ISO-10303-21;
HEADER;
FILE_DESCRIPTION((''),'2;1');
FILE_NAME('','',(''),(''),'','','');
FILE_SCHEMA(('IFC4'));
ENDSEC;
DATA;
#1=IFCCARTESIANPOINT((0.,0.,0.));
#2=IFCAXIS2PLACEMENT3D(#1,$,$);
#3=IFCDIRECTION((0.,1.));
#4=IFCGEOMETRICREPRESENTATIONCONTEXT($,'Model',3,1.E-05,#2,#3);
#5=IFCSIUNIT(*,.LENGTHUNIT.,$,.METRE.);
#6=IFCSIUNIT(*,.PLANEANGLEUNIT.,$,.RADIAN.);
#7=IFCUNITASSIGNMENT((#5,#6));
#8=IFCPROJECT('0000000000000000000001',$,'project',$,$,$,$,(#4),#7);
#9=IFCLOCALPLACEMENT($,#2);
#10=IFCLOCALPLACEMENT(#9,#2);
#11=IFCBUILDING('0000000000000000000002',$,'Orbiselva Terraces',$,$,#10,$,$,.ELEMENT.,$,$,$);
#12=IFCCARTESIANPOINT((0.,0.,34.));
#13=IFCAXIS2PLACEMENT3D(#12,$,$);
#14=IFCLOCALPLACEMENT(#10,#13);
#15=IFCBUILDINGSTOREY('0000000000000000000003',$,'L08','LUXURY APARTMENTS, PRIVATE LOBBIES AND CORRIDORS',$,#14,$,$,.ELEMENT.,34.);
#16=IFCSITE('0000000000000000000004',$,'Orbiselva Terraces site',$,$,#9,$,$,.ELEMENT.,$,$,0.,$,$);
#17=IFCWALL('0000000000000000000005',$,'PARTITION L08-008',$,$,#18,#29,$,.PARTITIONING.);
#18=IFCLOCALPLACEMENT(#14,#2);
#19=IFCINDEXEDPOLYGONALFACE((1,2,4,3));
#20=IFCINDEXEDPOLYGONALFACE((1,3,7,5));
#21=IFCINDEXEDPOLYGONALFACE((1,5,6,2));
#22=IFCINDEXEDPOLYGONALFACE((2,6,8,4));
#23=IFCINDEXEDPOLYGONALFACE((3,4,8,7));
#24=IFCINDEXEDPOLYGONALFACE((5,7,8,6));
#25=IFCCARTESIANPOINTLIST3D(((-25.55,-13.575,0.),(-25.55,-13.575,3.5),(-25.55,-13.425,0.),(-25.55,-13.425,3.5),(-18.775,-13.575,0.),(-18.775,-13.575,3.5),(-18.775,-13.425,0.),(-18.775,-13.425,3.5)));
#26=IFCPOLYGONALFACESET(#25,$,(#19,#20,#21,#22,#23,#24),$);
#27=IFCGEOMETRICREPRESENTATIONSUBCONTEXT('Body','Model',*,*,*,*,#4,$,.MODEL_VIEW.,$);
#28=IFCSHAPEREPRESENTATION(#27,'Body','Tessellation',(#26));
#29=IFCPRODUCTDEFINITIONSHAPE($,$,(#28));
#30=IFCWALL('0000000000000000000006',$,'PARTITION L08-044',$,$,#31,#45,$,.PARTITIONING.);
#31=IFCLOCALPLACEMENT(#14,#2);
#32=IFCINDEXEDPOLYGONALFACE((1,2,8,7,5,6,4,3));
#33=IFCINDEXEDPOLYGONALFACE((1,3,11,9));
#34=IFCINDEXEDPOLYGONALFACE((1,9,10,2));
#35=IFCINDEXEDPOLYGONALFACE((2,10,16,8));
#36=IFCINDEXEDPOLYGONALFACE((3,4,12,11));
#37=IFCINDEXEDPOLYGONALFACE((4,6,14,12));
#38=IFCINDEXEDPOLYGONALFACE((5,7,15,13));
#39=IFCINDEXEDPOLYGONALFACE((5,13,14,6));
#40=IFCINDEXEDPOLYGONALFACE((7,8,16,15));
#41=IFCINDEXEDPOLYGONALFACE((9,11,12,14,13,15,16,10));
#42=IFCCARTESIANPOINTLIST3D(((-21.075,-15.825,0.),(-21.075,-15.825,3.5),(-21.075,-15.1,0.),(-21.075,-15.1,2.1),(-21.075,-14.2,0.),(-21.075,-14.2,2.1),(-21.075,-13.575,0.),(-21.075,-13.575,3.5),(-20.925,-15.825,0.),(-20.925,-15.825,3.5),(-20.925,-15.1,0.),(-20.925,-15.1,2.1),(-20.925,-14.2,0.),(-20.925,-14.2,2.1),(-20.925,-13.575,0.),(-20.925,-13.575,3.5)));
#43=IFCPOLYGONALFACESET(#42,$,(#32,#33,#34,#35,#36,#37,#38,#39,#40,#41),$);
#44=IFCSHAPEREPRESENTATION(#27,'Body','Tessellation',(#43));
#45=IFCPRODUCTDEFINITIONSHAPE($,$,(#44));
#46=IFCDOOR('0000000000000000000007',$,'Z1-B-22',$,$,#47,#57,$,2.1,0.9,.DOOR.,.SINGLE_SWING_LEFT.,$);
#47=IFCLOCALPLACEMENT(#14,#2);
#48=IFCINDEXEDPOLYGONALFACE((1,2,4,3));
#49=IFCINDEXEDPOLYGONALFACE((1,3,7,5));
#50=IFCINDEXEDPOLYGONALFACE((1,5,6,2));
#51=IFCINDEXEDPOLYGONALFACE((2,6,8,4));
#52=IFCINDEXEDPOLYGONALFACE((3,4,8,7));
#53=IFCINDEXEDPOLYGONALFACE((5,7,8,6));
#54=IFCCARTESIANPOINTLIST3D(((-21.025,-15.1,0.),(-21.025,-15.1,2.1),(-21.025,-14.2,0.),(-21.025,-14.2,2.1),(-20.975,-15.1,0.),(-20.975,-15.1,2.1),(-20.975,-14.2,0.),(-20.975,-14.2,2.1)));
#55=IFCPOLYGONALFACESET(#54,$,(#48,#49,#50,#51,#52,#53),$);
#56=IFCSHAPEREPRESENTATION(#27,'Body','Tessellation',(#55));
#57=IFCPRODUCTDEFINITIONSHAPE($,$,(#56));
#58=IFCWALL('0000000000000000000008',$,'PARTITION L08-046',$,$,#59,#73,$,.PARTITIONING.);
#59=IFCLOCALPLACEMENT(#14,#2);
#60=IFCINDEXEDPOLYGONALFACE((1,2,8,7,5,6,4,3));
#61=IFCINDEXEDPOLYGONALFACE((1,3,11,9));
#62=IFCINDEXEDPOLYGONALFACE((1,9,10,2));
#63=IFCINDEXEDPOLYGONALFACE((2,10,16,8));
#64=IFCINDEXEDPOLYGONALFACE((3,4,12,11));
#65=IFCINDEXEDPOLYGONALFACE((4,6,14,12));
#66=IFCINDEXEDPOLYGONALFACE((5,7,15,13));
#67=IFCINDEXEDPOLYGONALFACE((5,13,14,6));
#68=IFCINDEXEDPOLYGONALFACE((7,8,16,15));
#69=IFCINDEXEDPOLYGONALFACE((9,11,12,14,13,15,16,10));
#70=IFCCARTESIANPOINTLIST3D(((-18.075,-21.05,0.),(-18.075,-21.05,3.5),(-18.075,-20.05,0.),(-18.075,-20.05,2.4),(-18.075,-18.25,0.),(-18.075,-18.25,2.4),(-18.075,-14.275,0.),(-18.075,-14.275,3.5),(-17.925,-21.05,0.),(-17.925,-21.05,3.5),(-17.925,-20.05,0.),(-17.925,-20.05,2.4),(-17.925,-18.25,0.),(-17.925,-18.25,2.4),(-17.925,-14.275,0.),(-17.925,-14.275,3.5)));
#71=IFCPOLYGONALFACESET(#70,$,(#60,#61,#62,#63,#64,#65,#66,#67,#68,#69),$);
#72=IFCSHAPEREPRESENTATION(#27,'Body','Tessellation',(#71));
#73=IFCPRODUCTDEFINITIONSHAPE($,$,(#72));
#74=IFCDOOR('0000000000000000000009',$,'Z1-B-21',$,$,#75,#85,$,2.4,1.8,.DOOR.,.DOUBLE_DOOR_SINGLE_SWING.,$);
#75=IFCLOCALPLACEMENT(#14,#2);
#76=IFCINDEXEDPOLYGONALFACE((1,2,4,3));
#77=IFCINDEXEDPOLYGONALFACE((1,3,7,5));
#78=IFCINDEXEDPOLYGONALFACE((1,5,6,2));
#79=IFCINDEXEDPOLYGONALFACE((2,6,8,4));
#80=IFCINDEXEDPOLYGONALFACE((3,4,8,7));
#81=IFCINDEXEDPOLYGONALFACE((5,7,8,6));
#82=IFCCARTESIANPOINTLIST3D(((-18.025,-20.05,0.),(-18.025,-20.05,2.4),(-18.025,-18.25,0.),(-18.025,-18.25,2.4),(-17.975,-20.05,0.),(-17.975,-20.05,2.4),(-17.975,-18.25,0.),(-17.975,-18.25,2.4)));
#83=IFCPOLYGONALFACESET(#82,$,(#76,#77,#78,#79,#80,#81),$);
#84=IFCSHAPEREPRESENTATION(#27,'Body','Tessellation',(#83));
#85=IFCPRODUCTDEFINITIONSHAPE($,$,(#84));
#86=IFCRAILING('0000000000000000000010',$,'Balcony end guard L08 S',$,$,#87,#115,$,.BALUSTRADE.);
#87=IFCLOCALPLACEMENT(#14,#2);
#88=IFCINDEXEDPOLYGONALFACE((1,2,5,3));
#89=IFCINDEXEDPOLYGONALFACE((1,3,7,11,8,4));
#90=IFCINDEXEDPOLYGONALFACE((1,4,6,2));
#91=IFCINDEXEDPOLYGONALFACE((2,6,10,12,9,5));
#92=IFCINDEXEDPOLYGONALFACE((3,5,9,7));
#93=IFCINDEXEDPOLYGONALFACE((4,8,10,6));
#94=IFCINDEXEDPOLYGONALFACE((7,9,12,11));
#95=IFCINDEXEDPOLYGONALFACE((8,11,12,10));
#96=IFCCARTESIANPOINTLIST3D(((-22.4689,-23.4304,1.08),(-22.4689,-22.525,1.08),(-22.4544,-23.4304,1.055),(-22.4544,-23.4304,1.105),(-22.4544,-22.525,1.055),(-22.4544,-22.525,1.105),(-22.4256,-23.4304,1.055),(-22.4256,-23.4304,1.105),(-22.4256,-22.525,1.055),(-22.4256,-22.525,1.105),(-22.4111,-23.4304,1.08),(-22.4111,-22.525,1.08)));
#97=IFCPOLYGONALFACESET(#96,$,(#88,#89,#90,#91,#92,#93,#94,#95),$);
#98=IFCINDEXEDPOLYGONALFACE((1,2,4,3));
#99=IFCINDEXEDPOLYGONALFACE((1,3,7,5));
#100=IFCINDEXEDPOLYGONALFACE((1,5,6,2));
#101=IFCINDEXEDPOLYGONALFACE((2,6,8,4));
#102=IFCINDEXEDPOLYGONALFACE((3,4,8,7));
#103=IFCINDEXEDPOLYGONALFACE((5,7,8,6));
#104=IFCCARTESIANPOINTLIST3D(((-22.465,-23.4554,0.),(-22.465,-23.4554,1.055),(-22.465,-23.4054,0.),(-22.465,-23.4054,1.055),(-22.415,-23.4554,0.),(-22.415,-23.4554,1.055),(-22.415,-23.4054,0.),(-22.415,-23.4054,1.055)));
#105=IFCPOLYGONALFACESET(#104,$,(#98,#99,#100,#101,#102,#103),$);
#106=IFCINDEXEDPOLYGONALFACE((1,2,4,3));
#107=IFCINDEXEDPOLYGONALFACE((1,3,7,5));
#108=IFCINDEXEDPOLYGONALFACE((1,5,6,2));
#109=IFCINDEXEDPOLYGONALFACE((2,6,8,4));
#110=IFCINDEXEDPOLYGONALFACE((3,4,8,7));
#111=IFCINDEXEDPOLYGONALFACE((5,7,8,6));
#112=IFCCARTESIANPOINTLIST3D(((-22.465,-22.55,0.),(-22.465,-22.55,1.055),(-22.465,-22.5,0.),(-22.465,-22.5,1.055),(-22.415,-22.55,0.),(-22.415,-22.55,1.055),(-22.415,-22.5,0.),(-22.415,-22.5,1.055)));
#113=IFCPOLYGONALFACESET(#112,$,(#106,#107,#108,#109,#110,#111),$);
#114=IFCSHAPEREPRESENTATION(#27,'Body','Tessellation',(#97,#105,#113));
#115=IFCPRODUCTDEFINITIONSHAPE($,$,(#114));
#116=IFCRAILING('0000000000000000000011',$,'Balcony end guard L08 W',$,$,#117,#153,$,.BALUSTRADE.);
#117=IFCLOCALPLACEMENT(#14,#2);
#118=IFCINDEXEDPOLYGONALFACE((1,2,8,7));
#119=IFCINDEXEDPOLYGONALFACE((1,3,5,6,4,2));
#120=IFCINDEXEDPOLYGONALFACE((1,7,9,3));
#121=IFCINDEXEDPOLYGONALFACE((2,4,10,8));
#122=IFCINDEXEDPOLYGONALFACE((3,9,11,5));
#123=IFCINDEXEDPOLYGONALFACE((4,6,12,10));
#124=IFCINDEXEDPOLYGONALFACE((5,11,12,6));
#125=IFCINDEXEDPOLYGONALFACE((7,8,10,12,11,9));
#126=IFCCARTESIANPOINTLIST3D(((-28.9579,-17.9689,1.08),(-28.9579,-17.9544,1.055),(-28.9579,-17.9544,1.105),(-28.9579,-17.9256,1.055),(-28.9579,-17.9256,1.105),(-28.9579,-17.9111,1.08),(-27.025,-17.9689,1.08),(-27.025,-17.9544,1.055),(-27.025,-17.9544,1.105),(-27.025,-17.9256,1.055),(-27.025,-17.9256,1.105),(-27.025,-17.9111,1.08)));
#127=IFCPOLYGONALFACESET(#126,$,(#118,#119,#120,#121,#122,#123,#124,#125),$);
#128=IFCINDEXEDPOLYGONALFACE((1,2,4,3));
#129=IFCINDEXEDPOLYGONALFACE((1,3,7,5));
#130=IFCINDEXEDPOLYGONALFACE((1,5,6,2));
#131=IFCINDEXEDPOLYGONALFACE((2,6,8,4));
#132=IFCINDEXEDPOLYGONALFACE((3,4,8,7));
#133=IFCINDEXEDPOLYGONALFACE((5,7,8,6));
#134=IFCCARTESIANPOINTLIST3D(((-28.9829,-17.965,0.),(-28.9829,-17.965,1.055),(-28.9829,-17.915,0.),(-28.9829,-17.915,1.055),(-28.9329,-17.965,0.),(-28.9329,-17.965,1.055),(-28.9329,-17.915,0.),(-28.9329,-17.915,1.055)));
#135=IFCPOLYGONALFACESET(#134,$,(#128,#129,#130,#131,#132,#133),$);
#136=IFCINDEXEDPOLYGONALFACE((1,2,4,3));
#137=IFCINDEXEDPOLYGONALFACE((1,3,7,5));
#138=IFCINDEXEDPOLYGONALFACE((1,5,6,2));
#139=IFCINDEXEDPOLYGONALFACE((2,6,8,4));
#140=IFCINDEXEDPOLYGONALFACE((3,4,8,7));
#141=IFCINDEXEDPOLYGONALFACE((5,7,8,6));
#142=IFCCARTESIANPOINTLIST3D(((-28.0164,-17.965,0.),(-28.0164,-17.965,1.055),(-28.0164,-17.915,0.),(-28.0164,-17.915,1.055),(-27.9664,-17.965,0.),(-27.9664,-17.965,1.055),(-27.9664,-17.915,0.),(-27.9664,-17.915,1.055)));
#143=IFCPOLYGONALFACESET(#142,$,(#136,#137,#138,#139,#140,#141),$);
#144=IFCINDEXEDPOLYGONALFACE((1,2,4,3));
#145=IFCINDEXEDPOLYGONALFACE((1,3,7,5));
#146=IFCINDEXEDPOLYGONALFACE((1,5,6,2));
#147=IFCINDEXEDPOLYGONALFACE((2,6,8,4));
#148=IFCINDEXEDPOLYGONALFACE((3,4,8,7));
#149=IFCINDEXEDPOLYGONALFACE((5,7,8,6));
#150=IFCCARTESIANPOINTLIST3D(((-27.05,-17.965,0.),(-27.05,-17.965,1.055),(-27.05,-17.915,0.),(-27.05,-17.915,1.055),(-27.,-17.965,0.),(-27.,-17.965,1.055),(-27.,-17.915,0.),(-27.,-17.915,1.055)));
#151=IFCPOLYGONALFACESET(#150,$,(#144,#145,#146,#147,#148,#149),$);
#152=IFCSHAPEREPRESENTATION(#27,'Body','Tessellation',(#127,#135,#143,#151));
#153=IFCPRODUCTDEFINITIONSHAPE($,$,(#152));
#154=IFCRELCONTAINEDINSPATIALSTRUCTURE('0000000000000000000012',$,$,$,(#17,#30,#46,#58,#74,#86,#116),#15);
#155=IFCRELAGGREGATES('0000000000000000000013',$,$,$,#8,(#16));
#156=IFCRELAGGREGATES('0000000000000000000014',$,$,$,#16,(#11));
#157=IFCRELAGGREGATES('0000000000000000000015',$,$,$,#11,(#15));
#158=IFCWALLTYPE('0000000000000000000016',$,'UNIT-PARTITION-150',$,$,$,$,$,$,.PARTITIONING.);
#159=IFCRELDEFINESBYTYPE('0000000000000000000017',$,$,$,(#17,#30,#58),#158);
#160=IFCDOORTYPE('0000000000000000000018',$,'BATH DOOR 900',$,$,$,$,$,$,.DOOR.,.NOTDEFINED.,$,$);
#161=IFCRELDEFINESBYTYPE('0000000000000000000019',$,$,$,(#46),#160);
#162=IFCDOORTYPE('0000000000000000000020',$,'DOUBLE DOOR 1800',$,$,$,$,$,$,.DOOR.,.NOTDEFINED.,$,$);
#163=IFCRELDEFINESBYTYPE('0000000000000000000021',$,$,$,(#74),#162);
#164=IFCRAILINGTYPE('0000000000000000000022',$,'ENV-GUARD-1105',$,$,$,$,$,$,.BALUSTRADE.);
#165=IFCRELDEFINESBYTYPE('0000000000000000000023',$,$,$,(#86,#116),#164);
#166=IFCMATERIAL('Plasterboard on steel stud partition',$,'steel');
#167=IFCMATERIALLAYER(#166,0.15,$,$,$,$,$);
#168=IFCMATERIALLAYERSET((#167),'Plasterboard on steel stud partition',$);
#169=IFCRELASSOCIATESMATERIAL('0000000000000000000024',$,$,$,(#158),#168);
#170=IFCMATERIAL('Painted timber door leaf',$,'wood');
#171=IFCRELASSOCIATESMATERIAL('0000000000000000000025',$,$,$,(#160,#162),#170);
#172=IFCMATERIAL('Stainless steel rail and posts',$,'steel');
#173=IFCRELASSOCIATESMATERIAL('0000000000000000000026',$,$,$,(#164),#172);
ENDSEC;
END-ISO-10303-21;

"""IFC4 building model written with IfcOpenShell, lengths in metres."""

from ifc_helpers import new_model, si_unit, direction, frame, frame_2d, origin, origin_2d, place, context, subcontext, project, spatial, polyline, rectangle, outline, extrude, material, layer, layer_set, type_object, element, fill, save


model = new_model("IFC4")

# Units and contexts
model_context = context("Model", 3, precision=1e-05, world=origin(), true_north=direction((0.0, 1.0)))
body_context = subcontext(model_context, "Body", "Model", "MODEL_VIEW")
ifc_project = project(units=[si_unit("LENGTHUNIT", "METRE"), si_unit("PLANEANGLEUNIT", "RADIAN")], contexts=[model_context])

# Site, building, storey
site_placement = place(None, origin())
site = spatial("IfcSite", under=ifc_project, at=site_placement, Name="Orbiselva Terraces site", CompositionType="ELEMENT", RefElevation=0.0)
building_placement = place(site_placement, origin())
building = spatial("IfcBuilding", under=site, at=building_placement, Name="Orbiselva Terraces", CompositionType="ELEMENT")
storey_placement = place(building_placement, frame((0.0, 0.0, 34.0)))
storey = spatial("IfcBuildingStorey", under=building, at=storey_placement, Name="L08", Description="LUXURY APARTMENTS, PRIVATE LOBBIES AND CORRIDORS", CompositionType="ELEMENT", Elevation=34.0)

# Wall
ifc_material_1 = material(Name="Plasterboard on steel stud partition", Category="steel")
ifc_layer_1 = layer(ifc_material_1, 0.15)
ifc_layer_set_1 = layer_set([ifc_layer_1], Name="Plasterboard on steel stud partition")
wall_type_1 = type_object("IfcWallType", Name="UNIT-PARTITION-150", PredefinedType="PARTITIONING", material=ifc_layer_set_1)
wall_1_placement = place(storey_placement, frame((-25.55, -13.5, 0.0), z_axis=(0.0, 0.0, 1.0), x_axis=(1.0, 0.0, 0.0)))
element("IfcWall", 1, at=wall_1_placement, inside=storey, type_object=wall_type_1, Name="PARTITION L08-008", PredefinedType="PARTITIONING", context=body_context, shape_type="SweptSolid", body=[
    extrude(rectangle(XDim=6.775, YDim=0.15, at=frame_2d((3.3875, 0.0))), origin(), (0.0, 0.0, 1.0), 3.5),
])

# Walls, openings, doors
wall_2_placement = place(storey_placement, frame((-21.0, -13.575, 0.0), z_axis=(0.0, 0.0, 1.0), x_axis=(0.0, -1.0, 0.0)))
wall_2 = element("IfcWall", 2, at=wall_2_placement, inside=storey, type_object=wall_type_1, Name="PARTITION L08-044", PredefinedType="PARTITIONING", context=body_context, shape_type="SweptSolid", body=[
    extrude(rectangle(XDim=2.25, YDim=0.15, at=frame_2d((1.125, 0.0))), origin(), (0.0, 0.0, 1.0), 3.5),
])
opening_1_placement = place(wall_2_placement, frame((0.625, 0.0, 0.0)))
opening_1 = element("IfcOpeningElement", 3, at=opening_1_placement, cuts=wall_2, PredefinedType="OPENING", context=body_context, shape_type="SweptSolid", body=[
    extrude(rectangle(XDim=0.9, YDim=2.1, at=frame_2d((0.45, 1.05))), frame((0.0, 0.085, 0.0), z_axis=(0.0, -1.0, 0.0), x_axis=(1.0, 0.0, 0.0)), (0.0, 0.0, 1.0), 0.17),
])
ifc_material_2 = material(Name="Painted timber door leaf", Category="wood")
door_type_1 = type_object("IfcDoorType", Name="BATH DOOR 900", OperationType="NOTDEFINED", PredefinedType="DOOR", material=ifc_material_2)
door_1_placement = place(opening_1_placement, origin())
door_1 = element("IfcDoor", 4, at=door_1_placement, inside=storey, type_object=door_type_1, Name="Z1-B-22", OperationType="SINGLE_SWING_LEFT", OverallHeight=2.1, OverallWidth=0.9, PredefinedType="DOOR", context=body_context, shape_type="SweptSolid", body=[
    extrude(rectangle(XDim=0.9, YDim=2.1, at=frame_2d((0.45, 1.05))), frame((0.0, 0.025, 0.0), z_axis=(0.0, -1.0, 0.0), x_axis=(1.0, 0.0, 0.0)), (0.0, 0.0, 1.0), 0.05),
])
fill(opening_1, door_1)
wall_3_placement = place(storey_placement, frame((-18.0, -21.05, 0.0), z_axis=(0.0, 0.0, 1.0), x_axis=(0.0, 1.0, 0.0)))
wall_3 = element("IfcWall", 5, at=wall_3_placement, inside=storey, type_object=wall_type_1, Name="PARTITION L08-046", PredefinedType="PARTITIONING", context=body_context, shape_type="SweptSolid", body=[
    extrude(rectangle(XDim=6.775, YDim=0.15, at=frame_2d((3.3875, 0.0))), origin(), (0.0, 0.0, 1.0), 3.5),
])
opening_2_placement = place(wall_3_placement, frame((1.0, 0.0, 0.0)))
opening_2 = element("IfcOpeningElement", 6, at=opening_2_placement, cuts=wall_3, PredefinedType="OPENING", context=body_context, shape_type="SweptSolid", body=[
    extrude(rectangle(XDim=1.8, YDim=2.4, at=frame_2d((0.9, 1.2))), frame((0.0, 0.085, 0.0), z_axis=(0.0, -1.0, 0.0), x_axis=(1.0, 0.0, 0.0)), (0.0, 0.0, 1.0), 0.17),
])
door_type_2 = type_object("IfcDoorType", Name="DOUBLE DOOR 1800", OperationType="NOTDEFINED", PredefinedType="DOOR", material=ifc_material_2)
door_2_placement = place(opening_2_placement, origin())
door_2 = element("IfcDoor", 7, at=door_2_placement, inside=storey, type_object=door_type_2, Name="Z1-B-21", OperationType="DOUBLE_DOOR_SINGLE_SWING", OverallHeight=2.4, OverallWidth=1.8, PredefinedType="DOOR", context=body_context, shape_type="SweptSolid", body=[
    extrude(rectangle(XDim=1.8, YDim=2.4, at=frame_2d((0.9, 1.2))), frame((0.0, 0.025, 0.0), z_axis=(0.0, -1.0, 0.0), x_axis=(1.0, 0.0, 0.0)), (0.0, 0.0, 1.0), 0.05),
])
fill(opening_2, door_2)

# Railings
ifc_material_3 = material(Name="Stainless steel rail and posts", Category="steel")
railing_type_1 = type_object("IfcRailingType", Name="ENV-GUARD-1105", PredefinedType="BALUSTRADE", material=ifc_material_3)
railing_1_placement = place(storey_placement, frame((-22.44, -23.4304, 0.0)))
element("IfcRailing", 8, at=railing_1_placement, inside=storey, type_object=railing_type_1, Name="Balcony end guard L08 S", PredefinedType="BALUSTRADE", context=body_context, shape_type="SweptSolid", body=[
    extrude(outline(polyline([(0.0289, 0.0), (0.0144, 0.025), (-0.0144, 0.025), (-0.0289, 0.0), (-0.0144, -0.025), (0.0144, -0.025), (0.0289, 0.0)])), frame((0.0, 0.0, 1.08), z_axis=(0.0, 1.0, 0.0), x_axis=(-1.0, 0.0, 0.0)), (0.0, 0.0, 1.0), 0.9054),
    extrude(rectangle(XDim=0.05, YDim=0.05, at=origin_2d()), origin(), (0.0, 0.0, 1.0), 1.055),
    extrude(rectangle(XDim=0.05, YDim=0.05, at=origin_2d()), frame((0.0, 0.9054, 0.0)), (0.0, 0.0, 1.0), 1.055),
])
railing_2_placement = place(storey_placement, frame((-28.9579, -17.94, 0.0)))
element("IfcRailing", 9, at=railing_2_placement, inside=storey, type_object=railing_type_1, Name="Balcony end guard L08 W", PredefinedType="BALUSTRADE", context=body_context, shape_type="SweptSolid", body=[
    extrude(outline(polyline([(0.0289, 0.0), (0.0144, 0.025), (-0.0144, 0.025), (-0.0289, 0.0), (-0.0144, -0.025), (0.0144, -0.025), (0.0289, 0.0)])), frame((0.0, 0.0, 1.08), z_axis=(1.0, 0.0, 0.0), x_axis=(0.0, 1.0, 0.0)), (0.0, 0.0, 1.0), 1.9329),
    extrude(rectangle(XDim=0.05, YDim=0.05, at=origin_2d()), origin(), (0.0, 0.0, 1.0), 1.055),
    extrude(rectangle(XDim=0.05, YDim=0.05, at=origin_2d()), frame((0.9664, 0.0, 0.0)), (0.0, 0.0, 1.0), 1.055),
    extrude(rectangle(XDim=0.05, YDim=0.05, at=origin_2d()), frame((1.9329, 0.0, 0.0)), (0.0, 0.0, 1.0), 1.055),
])

save(model, "model.ifc")
